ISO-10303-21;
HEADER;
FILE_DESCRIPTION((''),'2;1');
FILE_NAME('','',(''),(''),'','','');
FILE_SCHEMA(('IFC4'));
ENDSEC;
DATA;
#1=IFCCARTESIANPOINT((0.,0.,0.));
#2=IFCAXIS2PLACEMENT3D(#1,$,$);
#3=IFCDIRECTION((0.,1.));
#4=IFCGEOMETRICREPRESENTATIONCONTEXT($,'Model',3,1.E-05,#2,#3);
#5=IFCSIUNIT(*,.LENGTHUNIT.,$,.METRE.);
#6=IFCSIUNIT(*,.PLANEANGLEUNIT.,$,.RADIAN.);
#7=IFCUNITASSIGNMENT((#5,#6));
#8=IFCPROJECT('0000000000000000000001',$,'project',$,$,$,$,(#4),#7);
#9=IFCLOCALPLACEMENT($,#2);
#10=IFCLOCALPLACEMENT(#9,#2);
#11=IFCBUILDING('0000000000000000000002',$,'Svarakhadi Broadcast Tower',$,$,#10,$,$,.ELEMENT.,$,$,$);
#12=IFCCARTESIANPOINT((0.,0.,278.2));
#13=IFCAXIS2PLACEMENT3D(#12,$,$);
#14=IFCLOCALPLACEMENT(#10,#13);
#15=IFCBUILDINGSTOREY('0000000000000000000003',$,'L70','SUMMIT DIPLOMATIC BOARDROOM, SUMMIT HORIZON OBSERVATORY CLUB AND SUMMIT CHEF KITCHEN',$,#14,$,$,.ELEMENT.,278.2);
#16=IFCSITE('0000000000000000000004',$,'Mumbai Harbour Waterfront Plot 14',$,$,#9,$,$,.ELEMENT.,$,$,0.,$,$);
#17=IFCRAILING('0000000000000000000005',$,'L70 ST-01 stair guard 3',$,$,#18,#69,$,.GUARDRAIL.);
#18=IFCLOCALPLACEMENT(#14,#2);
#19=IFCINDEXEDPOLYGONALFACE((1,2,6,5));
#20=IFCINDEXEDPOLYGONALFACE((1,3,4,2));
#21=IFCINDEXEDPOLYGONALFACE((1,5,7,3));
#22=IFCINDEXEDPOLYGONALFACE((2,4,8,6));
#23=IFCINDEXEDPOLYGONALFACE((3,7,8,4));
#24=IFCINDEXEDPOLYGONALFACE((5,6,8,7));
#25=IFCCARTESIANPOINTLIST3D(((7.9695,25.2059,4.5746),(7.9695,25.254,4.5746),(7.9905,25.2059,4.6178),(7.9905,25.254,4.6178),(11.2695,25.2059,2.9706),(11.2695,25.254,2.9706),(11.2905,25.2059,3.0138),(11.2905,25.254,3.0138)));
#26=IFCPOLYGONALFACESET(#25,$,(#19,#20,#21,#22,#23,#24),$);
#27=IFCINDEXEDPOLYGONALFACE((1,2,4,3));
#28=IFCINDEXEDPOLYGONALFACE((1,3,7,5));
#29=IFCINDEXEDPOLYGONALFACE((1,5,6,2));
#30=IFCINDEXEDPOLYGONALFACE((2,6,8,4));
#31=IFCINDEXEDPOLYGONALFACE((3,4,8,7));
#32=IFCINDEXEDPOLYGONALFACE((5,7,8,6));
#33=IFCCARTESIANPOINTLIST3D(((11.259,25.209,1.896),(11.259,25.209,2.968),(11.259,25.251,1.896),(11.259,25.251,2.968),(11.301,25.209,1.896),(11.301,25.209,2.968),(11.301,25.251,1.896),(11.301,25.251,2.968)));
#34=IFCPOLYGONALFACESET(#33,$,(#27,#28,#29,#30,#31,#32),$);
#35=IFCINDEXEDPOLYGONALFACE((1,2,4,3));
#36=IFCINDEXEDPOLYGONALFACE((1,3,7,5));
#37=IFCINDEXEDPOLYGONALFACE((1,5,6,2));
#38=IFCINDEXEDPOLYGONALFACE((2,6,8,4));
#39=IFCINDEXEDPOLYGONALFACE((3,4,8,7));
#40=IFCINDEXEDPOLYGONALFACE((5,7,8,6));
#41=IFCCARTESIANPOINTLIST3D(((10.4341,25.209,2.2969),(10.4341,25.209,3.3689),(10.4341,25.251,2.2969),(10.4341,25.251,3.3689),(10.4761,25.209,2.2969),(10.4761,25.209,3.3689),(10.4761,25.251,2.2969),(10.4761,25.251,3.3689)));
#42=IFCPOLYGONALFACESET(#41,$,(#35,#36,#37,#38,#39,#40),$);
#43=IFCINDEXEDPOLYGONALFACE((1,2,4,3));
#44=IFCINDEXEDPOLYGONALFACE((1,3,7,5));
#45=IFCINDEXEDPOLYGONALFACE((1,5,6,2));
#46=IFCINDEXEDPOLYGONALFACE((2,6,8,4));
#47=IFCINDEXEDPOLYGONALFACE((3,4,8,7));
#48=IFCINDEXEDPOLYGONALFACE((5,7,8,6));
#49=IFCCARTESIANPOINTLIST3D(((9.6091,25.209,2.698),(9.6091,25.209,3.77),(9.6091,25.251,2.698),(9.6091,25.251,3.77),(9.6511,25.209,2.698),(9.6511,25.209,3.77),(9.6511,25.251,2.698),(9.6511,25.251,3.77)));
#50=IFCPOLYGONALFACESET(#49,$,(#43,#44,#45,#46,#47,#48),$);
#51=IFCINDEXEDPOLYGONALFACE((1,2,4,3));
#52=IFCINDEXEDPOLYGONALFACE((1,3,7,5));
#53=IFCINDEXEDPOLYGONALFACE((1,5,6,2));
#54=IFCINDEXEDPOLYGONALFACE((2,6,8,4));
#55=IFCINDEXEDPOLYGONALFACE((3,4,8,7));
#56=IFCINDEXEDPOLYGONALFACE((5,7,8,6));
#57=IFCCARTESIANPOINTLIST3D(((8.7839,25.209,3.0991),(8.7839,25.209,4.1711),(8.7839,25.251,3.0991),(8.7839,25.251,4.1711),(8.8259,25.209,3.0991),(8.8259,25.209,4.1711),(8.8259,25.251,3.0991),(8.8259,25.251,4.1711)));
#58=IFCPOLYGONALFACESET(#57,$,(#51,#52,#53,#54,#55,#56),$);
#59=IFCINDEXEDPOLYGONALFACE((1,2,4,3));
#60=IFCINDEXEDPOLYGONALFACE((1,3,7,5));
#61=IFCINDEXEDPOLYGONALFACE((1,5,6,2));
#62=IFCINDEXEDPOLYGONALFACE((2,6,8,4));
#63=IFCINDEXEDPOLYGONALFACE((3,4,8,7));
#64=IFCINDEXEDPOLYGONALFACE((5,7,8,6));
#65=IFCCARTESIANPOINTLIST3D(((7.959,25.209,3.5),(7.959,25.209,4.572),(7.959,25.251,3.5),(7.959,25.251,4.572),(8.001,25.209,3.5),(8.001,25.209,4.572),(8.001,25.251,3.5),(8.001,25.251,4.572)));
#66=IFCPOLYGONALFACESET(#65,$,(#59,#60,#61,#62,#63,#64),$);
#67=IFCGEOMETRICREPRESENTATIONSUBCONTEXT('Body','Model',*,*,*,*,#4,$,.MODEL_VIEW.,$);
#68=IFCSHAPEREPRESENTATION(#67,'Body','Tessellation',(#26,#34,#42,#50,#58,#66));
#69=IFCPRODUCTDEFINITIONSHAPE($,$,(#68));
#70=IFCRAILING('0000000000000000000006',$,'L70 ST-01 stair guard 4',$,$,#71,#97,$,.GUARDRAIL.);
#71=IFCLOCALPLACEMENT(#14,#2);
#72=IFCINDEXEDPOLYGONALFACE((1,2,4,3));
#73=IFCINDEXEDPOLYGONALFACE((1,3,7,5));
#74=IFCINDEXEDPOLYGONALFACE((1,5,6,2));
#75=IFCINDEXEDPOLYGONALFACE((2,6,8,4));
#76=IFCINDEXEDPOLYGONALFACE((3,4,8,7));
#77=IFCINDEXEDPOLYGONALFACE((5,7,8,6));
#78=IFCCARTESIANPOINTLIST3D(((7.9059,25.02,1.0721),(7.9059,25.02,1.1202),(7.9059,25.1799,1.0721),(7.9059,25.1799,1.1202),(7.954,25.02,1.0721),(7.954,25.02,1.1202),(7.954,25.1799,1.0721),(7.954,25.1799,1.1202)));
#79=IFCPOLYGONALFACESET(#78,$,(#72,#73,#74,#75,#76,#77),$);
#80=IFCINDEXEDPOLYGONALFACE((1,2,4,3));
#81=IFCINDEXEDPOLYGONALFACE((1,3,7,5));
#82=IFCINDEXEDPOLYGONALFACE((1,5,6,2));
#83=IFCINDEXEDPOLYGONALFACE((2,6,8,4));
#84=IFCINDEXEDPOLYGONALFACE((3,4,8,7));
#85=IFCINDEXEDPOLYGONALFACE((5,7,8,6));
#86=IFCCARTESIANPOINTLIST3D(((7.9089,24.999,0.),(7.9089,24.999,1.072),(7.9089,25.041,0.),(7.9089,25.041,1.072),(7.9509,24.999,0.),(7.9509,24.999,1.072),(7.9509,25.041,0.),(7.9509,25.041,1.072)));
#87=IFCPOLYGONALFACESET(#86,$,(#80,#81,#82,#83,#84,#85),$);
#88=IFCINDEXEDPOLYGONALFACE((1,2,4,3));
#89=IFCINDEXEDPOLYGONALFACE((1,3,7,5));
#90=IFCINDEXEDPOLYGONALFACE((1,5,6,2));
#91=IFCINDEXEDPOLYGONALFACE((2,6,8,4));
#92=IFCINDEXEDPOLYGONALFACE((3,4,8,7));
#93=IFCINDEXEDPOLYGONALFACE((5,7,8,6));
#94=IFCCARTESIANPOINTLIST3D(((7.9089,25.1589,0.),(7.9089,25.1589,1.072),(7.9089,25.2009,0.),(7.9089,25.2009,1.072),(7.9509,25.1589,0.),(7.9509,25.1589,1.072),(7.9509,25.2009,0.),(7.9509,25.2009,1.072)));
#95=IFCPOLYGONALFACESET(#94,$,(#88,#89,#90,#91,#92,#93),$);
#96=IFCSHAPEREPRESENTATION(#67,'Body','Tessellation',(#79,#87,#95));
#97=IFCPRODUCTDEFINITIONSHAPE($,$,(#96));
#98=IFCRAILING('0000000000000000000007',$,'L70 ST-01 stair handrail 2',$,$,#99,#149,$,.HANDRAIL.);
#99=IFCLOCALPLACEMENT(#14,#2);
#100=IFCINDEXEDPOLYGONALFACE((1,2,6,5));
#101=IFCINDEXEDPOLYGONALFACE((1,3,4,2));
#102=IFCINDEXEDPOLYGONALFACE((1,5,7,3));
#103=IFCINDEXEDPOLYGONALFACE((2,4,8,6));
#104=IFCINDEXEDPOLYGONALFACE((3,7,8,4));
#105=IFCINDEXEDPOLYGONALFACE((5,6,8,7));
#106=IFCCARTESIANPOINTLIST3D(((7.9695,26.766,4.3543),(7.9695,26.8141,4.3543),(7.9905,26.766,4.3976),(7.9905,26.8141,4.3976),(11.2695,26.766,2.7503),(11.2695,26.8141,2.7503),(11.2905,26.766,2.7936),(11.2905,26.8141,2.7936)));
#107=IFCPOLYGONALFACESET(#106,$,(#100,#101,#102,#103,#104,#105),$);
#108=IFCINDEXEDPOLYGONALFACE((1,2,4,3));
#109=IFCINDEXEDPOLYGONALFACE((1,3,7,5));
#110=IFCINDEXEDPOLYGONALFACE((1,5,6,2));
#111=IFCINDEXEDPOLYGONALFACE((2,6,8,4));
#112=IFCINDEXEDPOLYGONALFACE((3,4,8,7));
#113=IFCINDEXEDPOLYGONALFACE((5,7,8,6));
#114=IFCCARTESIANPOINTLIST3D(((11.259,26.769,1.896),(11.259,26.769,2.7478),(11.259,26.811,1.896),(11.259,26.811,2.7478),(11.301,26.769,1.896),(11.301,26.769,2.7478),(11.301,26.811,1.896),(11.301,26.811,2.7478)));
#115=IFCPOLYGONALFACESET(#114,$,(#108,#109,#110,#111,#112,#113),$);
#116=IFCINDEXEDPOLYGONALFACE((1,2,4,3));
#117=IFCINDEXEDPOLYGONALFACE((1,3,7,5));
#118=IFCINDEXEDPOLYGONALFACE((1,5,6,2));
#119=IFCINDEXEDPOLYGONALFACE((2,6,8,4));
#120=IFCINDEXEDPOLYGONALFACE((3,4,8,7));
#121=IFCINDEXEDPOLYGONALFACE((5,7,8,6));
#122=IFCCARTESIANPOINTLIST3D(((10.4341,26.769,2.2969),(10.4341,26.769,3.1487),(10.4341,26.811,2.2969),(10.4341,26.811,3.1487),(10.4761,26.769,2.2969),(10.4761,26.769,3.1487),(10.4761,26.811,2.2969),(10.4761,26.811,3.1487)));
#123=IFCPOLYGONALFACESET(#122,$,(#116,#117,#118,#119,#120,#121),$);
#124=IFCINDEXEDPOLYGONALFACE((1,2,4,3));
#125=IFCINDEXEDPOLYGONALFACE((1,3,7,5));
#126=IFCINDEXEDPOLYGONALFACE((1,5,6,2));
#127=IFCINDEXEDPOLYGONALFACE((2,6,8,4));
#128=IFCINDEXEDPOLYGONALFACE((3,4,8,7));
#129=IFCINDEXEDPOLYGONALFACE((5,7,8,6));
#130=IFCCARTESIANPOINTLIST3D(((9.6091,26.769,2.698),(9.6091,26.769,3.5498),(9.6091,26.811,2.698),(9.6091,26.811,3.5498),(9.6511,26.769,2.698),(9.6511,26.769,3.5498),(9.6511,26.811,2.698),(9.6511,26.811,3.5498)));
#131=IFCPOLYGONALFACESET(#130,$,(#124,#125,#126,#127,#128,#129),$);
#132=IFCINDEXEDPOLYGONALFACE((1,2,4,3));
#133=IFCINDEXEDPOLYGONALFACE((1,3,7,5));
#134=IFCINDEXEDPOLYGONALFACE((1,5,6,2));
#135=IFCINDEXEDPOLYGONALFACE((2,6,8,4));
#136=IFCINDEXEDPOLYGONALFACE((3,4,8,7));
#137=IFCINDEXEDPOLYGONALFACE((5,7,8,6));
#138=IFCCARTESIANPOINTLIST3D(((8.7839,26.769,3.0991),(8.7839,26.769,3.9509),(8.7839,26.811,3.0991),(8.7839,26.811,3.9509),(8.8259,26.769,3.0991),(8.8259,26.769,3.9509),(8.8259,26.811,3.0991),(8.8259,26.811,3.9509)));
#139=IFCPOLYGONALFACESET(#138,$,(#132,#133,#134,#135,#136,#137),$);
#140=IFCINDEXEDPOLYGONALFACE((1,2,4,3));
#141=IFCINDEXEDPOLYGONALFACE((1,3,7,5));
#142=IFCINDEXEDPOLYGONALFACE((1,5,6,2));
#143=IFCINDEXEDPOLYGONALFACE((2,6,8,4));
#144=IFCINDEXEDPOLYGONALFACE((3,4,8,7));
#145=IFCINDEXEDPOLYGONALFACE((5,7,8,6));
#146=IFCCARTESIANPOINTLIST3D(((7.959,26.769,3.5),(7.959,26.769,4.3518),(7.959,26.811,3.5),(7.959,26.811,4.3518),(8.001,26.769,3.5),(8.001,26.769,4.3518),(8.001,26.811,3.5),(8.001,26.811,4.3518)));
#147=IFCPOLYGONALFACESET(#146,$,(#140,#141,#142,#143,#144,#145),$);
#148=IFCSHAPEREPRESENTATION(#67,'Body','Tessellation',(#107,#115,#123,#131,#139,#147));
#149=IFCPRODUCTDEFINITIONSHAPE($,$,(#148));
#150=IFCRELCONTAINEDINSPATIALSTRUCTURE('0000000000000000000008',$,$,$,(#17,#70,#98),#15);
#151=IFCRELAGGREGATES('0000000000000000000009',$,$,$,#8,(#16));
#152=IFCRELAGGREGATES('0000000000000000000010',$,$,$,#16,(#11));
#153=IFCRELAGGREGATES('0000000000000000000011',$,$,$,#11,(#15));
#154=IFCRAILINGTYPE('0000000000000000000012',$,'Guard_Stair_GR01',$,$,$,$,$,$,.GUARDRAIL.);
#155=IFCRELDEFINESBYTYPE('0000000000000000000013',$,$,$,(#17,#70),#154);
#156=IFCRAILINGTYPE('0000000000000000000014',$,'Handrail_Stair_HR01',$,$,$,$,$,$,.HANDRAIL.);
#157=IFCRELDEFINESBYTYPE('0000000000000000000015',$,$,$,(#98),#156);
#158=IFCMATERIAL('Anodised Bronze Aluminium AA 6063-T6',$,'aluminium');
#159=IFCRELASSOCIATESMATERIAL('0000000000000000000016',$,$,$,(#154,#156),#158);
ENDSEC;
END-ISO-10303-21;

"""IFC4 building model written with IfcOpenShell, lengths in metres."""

from ifc_helpers import new_model, si_unit, direction, frame, origin, origin_2d, place, context, subcontext, project, spatial, rectangle, extrude, material, type_object, element, save


model = new_model("IFC4")

# Units and contexts
model_context = context("Model", 3, precision=1e-05, world=origin(), true_north=direction((0.0, 1.0)))
body_context = subcontext(model_context, "Body", "Model", "MODEL_VIEW")
ifc_project = project(units=[si_unit("LENGTHUNIT", "METRE"), si_unit("PLANEANGLEUNIT", "RADIAN")], contexts=[model_context])

# Site, building, storey
site_placement = place(None, origin())
site = spatial("IfcSite", under=ifc_project, at=site_placement, Name="Mumbai Harbour Waterfront Plot 14", CompositionType="ELEMENT", RefElevation=0.0)
building_placement = place(site_placement, origin())
building = spatial("IfcBuilding", under=site, at=building_placement, Name="Svarakhadi Broadcast Tower", CompositionType="ELEMENT")
storey_placement = place(building_placement, frame((0.0, 0.0, 278.2)))
storey = spatial("IfcBuildingStorey", under=building, at=storey_placement, Name="L70", Description="SUMMIT DIPLOMATIC BOARDROOM, SUMMIT HORIZON OBSERVATORY CLUB AND SUMMIT CHEF KITCHEN", CompositionType="ELEMENT", Elevation=278.2)

# Shared definitions
ifc_material_1 = material(Name="Anodised Bronze Aluminium AA 6063-T6", Category="aluminium")

# Railings
railing_type_1 = type_object("IfcRailingType", Name="Guard_Stair_GR01", PredefinedType="GUARDRAIL", material=ifc_material_1)
railing_1_placement = place(storey_placement, frame((11.28, 25.23, 1.896)))
element("IfcRailing", 1, at=railing_1_placement, inside=storey, type_object=railing_type_1, Name="L70 ST-01 stair guard 3", PredefinedType="GUARDRAIL", context=body_context, shape_type="SweptSolid", body=[
    extrude(rectangle(XDim=0.0481, YDim=0.0481, at=origin_2d()), frame((0.0, 0.0, 1.0962), z_axis=(-0.899388, 0.0, 0.437152), x_axis=(0.0, -1.0, 0.0)), (0.0, 0.0, 1.0), 3.6692),
    extrude(rectangle(XDim=0.042, YDim=0.042, at=origin_2d()), origin(), (0.0, 0.0, 1.0), 1.072),
    extrude(rectangle(XDim=0.042, YDim=0.042, at=origin_2d()), frame((-0.825, 0.0, 0.4009)), (0.0, 0.0, 1.0), 1.072),
    extrude(rectangle(XDim=0.042, YDim=0.042, at=origin_2d()), frame((-1.6499, 0.0, 0.802)), (0.0, 0.0, 1.0), 1.072),
    extrude(rectangle(XDim=0.042, YDim=0.042, at=origin_2d()), frame((-2.4751, 0.0, 1.2031)), (0.0, 0.0, 1.0), 1.072),
    extrude(rectangle(XDim=0.042, YDim=0.042, at=origin_2d()), frame((-3.3, 0.0, 1.604)), (0.0, 0.0, 1.0), 1.072),
])
railing_2_placement = place(storey_placement, frame((7.9299, 25.02, 0.0)))
element("IfcRailing", 2, at=railing_2_placement, inside=storey, type_object=railing_type_1, Name="L70 ST-01 stair guard 4", PredefinedType="GUARDRAIL", context=body_context, shape_type="SweptSolid", body=[
    extrude(rectangle(XDim=0.0481, YDim=0.0481, at=origin_2d()), frame((0.0, 0.0, 1.0962), z_axis=(0.0, 1.0, 0.0), x_axis=(-1.0, 0.0, 0.0)), (0.0, 0.0, 1.0), 0.1599),
    extrude(rectangle(XDim=0.042, YDim=0.042, at=origin_2d()), origin(), (0.0, 0.0, 1.0), 1.072),
    extrude(rectangle(XDim=0.042, YDim=0.042, at=origin_2d()), frame((0.0, 0.1599, 0.0)), (0.0, 0.0, 1.0), 1.072),
])
railing_type_2 = type_object("IfcRailingType", Name="Handrail_Stair_HR01", PredefinedType="HANDRAIL", material=ifc_material_1)
railing_3_placement = place(storey_placement, frame((11.28, 26.79, 1.896)))
element("IfcRailing", 3, at=railing_3_placement, inside=storey, type_object=railing_type_2, Name="L70 ST-01 stair handrail 2", PredefinedType="HANDRAIL", context=body_context, shape_type="SweptSolid", body=[
    extrude(rectangle(XDim=0.0481, YDim=0.0481, at=origin_2d()), frame((0.0, 0.0, 0.876), z_axis=(-0.899388, 0.0, 0.437152), x_axis=(0.0, -1.0, 0.0)), (0.0, 0.0, 1.0), 3.6692),
    extrude(rectangle(XDim=0.042, YDim=0.042, at=origin_2d()), origin(), (0.0, 0.0, 1.0), 0.8518),
    extrude(rectangle(XDim=0.042, YDim=0.042, at=origin_2d()), frame((-0.825, 0.0, 0.4009)), (0.0, 0.0, 1.0), 0.8518),
    extrude(rectangle(XDim=0.042, YDim=0.042, at=origin_2d()), frame((-1.6499, 0.0, 0.802)), (0.0, 0.0, 1.0), 0.8518),
    extrude(rectangle(XDim=0.042, YDim=0.042, at=origin_2d()), frame((-2.4751, 0.0, 1.2031)), (0.0, 0.0, 1.0), 0.8518),
    extrude(rectangle(XDim=0.042, YDim=0.042, at=origin_2d()), frame((-3.3, 0.0, 1.604)), (0.0, 0.0, 1.0), 0.8518),
])

save(model, "model.ifc")
